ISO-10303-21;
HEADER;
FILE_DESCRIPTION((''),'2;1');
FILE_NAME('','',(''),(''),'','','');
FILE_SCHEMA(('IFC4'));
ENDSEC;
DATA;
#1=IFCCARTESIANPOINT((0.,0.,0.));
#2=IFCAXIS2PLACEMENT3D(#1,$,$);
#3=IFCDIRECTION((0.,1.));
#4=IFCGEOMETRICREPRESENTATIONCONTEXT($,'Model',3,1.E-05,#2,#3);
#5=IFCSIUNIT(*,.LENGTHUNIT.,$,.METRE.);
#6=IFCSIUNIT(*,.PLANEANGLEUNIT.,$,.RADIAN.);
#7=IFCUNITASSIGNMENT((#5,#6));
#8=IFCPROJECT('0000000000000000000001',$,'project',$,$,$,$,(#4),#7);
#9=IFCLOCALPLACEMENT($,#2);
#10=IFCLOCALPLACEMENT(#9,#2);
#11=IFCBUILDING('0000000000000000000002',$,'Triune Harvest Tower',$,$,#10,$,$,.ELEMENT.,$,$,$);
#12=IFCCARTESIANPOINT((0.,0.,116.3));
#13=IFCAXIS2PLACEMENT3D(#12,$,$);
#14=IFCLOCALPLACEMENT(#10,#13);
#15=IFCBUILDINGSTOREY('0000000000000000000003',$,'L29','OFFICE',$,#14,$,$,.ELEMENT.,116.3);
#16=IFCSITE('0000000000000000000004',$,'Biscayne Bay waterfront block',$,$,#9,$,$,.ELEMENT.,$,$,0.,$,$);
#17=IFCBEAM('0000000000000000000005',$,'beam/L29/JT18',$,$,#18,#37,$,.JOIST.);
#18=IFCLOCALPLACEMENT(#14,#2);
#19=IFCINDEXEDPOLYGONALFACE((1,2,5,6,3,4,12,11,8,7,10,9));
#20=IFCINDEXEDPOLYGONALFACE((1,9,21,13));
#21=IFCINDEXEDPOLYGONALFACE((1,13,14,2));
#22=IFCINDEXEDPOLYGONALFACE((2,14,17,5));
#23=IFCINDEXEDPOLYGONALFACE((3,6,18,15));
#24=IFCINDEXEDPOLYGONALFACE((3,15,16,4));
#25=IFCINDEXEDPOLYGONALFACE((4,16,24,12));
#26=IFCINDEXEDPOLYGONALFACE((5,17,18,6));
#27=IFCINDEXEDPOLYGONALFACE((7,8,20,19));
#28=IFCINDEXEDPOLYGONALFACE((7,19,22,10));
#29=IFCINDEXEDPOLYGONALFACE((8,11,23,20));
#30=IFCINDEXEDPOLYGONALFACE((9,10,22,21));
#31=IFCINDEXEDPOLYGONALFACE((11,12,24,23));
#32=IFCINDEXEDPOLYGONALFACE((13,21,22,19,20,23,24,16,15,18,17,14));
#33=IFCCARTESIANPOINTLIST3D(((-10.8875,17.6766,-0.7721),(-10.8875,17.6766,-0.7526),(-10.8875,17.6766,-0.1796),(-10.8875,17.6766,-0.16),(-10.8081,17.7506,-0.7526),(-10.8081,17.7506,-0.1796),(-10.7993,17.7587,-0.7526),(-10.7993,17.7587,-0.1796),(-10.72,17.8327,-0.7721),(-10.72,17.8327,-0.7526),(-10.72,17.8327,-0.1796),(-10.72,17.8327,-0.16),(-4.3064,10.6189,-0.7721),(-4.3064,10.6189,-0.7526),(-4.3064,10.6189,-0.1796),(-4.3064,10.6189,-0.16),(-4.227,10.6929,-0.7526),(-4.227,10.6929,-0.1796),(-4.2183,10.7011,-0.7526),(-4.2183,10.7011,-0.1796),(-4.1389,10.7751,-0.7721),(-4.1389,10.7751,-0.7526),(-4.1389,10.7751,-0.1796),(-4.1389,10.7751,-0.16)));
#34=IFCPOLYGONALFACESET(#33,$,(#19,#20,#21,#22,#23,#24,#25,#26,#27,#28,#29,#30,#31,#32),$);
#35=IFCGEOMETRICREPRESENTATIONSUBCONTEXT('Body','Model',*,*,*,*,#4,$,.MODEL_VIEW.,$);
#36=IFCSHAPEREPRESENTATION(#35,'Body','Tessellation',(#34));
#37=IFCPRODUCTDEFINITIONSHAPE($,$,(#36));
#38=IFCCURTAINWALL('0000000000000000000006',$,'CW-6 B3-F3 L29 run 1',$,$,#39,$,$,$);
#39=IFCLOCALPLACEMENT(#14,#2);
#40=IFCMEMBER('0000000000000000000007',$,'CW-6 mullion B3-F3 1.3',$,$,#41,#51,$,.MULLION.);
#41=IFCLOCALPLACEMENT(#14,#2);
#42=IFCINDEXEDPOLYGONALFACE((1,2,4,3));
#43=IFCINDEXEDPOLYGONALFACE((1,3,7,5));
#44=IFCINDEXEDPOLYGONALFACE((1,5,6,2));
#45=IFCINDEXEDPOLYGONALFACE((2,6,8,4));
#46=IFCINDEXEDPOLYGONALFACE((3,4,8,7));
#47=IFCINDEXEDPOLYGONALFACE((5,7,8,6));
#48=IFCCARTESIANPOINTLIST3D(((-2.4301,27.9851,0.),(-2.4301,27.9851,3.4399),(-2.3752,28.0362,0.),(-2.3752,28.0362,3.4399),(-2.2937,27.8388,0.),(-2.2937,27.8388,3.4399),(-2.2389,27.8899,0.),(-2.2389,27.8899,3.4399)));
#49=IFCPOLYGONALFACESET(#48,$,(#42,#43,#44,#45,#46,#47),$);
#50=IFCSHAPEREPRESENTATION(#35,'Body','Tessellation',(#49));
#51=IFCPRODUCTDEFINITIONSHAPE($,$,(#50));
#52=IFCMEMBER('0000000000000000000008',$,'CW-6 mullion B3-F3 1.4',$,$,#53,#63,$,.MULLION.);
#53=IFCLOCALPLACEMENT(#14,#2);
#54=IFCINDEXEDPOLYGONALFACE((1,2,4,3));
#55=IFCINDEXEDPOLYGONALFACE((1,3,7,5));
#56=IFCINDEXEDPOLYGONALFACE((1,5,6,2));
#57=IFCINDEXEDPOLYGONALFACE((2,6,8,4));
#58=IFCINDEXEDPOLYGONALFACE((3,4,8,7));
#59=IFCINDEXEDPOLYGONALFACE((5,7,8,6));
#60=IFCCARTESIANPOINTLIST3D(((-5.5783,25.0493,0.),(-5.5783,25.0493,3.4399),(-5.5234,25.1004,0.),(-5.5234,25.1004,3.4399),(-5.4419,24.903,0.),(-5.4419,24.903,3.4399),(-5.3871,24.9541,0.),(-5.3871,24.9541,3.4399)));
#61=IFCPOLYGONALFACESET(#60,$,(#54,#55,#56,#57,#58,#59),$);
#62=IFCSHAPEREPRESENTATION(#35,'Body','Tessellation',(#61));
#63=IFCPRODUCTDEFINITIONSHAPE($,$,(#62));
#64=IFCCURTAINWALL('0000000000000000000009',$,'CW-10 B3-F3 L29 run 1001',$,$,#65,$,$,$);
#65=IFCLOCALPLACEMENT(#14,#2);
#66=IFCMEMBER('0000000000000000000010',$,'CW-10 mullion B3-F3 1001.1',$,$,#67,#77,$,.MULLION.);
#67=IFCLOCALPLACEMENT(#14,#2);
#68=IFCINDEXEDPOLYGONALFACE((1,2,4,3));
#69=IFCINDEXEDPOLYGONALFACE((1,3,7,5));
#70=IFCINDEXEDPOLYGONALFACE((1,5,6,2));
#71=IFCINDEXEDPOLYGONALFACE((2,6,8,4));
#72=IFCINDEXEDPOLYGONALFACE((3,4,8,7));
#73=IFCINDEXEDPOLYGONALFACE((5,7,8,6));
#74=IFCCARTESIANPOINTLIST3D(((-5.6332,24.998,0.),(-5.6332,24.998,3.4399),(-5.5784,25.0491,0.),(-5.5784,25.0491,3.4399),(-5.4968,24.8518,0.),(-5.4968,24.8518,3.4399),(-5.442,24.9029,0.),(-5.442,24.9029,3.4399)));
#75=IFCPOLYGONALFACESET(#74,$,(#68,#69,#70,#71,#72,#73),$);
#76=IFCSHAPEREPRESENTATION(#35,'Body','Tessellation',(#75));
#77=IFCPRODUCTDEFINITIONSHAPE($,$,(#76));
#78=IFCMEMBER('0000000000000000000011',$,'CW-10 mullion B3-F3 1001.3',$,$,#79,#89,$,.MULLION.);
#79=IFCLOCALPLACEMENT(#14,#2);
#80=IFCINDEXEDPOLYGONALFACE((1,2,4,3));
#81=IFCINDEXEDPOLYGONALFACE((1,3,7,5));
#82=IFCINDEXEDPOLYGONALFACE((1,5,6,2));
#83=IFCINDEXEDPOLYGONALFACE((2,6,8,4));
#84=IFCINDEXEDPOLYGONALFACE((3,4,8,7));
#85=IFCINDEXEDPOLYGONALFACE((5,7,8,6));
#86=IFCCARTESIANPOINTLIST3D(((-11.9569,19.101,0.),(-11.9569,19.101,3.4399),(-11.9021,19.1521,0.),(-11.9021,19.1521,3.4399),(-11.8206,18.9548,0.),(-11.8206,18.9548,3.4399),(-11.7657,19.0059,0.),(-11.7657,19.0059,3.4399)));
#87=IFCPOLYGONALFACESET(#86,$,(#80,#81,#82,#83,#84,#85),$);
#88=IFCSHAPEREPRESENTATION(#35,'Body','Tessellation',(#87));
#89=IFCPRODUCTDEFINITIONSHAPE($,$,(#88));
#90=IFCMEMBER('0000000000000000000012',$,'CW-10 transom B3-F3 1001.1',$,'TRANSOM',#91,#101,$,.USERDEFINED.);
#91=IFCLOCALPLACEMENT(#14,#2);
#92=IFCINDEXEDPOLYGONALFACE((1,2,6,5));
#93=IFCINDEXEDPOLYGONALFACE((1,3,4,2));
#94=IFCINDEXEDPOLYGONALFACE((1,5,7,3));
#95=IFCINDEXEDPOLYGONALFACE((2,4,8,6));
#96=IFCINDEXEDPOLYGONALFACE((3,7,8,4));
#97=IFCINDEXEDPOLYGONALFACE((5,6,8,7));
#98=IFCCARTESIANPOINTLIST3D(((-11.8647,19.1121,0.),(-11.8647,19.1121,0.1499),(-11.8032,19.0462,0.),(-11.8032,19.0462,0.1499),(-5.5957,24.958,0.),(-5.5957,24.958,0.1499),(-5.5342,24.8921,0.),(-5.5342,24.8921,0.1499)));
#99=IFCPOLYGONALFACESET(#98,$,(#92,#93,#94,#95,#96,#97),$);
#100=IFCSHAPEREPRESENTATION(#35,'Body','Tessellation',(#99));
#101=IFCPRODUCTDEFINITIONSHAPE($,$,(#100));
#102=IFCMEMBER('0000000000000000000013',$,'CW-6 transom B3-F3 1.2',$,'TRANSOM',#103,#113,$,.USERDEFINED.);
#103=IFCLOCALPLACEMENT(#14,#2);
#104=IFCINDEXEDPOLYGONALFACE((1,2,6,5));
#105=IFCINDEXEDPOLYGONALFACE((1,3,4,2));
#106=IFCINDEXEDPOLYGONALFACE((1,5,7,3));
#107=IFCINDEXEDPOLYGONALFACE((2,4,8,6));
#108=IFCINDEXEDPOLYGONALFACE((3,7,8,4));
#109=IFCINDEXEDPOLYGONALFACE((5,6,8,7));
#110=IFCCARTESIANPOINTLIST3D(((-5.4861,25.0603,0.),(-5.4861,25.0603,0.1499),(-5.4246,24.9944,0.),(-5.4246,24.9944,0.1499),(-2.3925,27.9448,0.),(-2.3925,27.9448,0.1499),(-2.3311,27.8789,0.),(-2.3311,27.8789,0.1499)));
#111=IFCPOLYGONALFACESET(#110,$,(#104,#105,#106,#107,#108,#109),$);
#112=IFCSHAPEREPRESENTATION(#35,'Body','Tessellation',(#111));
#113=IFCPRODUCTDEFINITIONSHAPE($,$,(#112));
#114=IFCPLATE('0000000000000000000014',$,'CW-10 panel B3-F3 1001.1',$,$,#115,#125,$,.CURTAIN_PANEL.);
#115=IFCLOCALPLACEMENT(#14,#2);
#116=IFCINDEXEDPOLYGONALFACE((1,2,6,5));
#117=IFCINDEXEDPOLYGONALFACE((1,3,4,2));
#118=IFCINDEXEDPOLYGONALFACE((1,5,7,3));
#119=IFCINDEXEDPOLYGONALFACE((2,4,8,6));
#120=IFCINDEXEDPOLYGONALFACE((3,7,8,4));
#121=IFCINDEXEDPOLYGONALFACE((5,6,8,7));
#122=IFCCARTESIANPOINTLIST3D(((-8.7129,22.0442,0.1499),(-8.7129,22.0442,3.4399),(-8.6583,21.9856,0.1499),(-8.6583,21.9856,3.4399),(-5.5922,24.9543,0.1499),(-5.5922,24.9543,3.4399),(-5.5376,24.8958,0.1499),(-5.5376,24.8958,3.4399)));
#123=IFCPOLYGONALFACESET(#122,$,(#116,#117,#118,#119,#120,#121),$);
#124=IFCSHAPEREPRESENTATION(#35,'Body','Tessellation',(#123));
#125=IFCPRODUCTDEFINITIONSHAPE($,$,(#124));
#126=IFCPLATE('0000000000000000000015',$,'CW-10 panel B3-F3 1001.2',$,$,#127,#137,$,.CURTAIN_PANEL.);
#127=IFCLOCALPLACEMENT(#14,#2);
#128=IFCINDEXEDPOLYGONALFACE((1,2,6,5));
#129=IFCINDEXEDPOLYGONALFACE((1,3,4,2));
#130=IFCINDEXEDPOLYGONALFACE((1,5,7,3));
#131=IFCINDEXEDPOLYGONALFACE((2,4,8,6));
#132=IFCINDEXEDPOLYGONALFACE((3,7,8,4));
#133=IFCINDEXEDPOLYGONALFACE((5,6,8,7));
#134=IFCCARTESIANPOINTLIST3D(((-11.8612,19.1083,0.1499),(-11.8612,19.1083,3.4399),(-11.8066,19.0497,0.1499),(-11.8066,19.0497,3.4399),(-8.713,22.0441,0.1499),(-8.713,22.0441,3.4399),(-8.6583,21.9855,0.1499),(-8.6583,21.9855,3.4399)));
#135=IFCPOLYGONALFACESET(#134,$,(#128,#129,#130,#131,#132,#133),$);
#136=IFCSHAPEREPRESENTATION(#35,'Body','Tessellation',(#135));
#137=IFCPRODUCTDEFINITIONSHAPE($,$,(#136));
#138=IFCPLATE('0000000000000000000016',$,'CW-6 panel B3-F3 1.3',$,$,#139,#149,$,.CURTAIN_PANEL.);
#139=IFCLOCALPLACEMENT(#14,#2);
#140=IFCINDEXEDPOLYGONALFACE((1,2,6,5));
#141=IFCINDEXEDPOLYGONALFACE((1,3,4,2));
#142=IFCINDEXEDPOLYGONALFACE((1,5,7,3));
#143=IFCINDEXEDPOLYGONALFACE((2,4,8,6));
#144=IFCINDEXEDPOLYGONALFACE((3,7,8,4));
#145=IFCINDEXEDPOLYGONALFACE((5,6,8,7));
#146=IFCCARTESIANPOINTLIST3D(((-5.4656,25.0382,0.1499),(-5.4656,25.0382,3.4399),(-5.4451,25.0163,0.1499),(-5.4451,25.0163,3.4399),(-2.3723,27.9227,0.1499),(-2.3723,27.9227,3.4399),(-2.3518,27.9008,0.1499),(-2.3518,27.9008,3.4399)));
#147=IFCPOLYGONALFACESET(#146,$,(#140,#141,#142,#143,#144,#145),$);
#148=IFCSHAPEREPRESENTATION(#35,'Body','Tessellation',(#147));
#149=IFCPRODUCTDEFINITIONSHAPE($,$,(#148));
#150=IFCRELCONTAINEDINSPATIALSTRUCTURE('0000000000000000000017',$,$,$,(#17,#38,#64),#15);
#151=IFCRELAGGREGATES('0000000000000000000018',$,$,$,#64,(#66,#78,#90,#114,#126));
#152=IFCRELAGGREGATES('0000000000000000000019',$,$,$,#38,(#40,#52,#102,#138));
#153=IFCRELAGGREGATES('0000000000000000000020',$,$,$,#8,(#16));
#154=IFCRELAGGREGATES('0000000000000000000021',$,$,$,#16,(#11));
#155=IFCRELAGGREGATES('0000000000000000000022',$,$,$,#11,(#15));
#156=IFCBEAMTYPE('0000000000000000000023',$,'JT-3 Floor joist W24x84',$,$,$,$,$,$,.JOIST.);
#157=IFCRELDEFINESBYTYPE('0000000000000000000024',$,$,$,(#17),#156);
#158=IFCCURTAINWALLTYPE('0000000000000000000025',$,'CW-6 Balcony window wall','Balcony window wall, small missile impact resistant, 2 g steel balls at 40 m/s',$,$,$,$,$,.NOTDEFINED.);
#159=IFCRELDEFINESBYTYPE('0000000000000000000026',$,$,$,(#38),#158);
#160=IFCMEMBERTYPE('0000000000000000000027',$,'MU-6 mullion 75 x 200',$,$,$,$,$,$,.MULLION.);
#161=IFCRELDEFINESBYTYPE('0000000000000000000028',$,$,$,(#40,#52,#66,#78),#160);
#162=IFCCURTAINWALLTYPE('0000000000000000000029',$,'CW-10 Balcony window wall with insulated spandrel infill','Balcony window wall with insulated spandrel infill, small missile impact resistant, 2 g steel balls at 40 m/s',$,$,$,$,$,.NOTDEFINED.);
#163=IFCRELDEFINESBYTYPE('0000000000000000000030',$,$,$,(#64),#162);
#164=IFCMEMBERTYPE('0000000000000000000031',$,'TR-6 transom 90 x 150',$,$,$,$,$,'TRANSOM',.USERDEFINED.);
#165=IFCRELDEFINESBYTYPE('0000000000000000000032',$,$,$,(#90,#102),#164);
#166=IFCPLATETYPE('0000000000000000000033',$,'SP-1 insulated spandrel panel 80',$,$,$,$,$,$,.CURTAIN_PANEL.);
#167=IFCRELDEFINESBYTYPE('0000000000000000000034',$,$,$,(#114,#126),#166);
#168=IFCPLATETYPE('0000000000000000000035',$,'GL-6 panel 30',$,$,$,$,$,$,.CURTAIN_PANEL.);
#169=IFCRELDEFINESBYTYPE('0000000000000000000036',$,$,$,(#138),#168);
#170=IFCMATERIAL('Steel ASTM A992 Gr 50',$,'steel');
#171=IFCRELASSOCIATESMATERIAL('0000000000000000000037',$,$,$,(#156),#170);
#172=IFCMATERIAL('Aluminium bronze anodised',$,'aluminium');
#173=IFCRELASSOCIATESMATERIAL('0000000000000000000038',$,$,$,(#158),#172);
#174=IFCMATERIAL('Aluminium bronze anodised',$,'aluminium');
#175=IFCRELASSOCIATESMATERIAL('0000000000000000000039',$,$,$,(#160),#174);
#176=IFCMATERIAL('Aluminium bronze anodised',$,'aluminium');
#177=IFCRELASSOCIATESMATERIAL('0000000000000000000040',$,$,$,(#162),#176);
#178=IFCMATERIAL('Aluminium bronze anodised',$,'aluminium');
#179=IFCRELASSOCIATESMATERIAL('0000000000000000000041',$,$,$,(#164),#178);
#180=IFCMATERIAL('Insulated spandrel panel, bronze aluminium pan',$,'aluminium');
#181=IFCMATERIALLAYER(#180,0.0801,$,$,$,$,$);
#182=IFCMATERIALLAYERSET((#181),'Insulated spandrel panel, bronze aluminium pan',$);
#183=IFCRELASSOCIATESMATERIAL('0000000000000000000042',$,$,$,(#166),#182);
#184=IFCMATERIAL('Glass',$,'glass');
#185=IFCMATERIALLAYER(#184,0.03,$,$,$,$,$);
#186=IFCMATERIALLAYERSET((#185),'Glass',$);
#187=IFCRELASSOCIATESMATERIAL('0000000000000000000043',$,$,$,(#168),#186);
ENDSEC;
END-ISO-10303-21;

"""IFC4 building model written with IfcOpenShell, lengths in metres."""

from ifc_helpers import new_model, si_unit, direction, frame, origin, origin_2d, place, context, subcontext, project, spatial, rectangle, i_section, extrude, source, transform, mapped, material, layer, layer_set, material_profile, profile_set, type_object, element, aggregate, save


model = new_model("IFC4")

# Units and contexts
model_context = context("Model", 3, precision=1e-05, world=origin(), true_north=direction((0.0, 1.0)))
body_context = subcontext(model_context, "Body", "Model", "MODEL_VIEW")
ifc_project = project(units=[si_unit("LENGTHUNIT", "METRE"), si_unit("PLANEANGLEUNIT", "RADIAN")], contexts=[model_context])

# Site, building, storey
site_placement = place(None, origin())
site = spatial("IfcSite", under=ifc_project, at=site_placement, Name="Biscayne Bay waterfront block", CompositionType="ELEMENT", RefElevation=0.0)
building_placement = place(site_placement, origin())
building = spatial("IfcBuilding", under=site, at=building_placement, Name="Triune Harvest Tower", CompositionType="ELEMENT")
storey_placement = place(building_placement, frame((0.0, 0.0, 116.3)))
storey = spatial("IfcBuildingStorey", under=building, at=storey_placement, Name="L29", Description="OFFICE", CompositionType="ELEMENT", Elevation=116.3)

# Beam
ifc_material_1 = material(Name="Steel ASTM A992 Gr 50", Category="steel")
ifc_material_profile_1 = material_profile(ifc_material_1, i_section(OverallWidth=0.229, OverallDepth=0.6121, WebThickness=0.012, FlangeThickness=0.0195, at=origin_2d()), Name="W24x84")
ifc_profile_set_1 = profile_set([ifc_material_profile_1], Name="Steel ASTM A992 Gr 50")
beam_type_1 = type_object("IfcBeamType", Name="JT-3 Floor joist W24x84", PredefinedType="JOIST", material=ifc_profile_set_1)
shared_shape_1 = source(origin(), body_context, "Body", "SweptSolid", [
    extrude(i_section(OverallWidth=0.229, OverallDepth=0.6121, WebThickness=0.012, FlangeThickness=0.0195, at=origin_2d()), origin(), (0.0, 0.0, 1.0), 9.6499),
])
beam_1_placement = place(storey_placement, frame((-10.8037, 17.7546, -0.4661), z_axis=(0.681983, -0.731368, 0.0), x_axis=(0.731368, 0.681983, 0.0)))
element("IfcBeam", 1, at=beam_1_placement, inside=storey, type_object=beam_type_1, Name="beam/L29/JT18", PredefinedType="JOIST", context=body_context, shape_type="MappedRepresentation", body=[
    mapped(shared_shape_1, transform((0.0, 0.0, 0.0), scale=1.0)),
])

# Curtain walls, members
ifc_material_2 = material(Name="Aluminium bronze anodised", Category="aluminium")
curtain_wall_type_1 = type_object("IfcCurtainWallType", Name="CW-6 Balcony window wall", Description="Balcony window wall, small missile impact resistant, 2 g steel balls at 40 m/s", PredefinedType="NOTDEFINED", material=ifc_material_2)
curtain_wall_1_placement = place(storey_placement, origin())
curtain_wall_1 = element("IfcCurtainWall", 2, at=curtain_wall_1_placement, inside=storey, type_object=curtain_wall_type_1, Name="CW-6 B3-F3 L29 run 1")
ifc_material_3 = material(Name="Aluminium bronze anodised", Category="aluminium")
ifc_material_profile_2 = material_profile(ifc_material_3, rectangle(XDim=0.2, YDim=0.075, at=origin_2d()), Name="MU-6 mullion 75 x 200")
ifc_profile_set_2 = profile_set([ifc_material_profile_2], Name="Aluminium bronze anodised")
member_type_1 = type_object("IfcMemberType", Name="MU-6 mullion 75 x 200", PredefinedType="MULLION", material=ifc_profile_set_2)
shared_shape_2 = source(origin(), body_context, "Body", "SweptSolid", [
    extrude(rectangle(XDim=0.2, YDim=0.075, at=origin_2d()), origin(), (0.0, 0.0, 1.0), 3.4399),
])
member_1_placement = place(storey_placement, frame((-2.3345, 27.9375, 0.0), z_axis=(0.0, 0.0, 1.0), x_axis=(0.681997, -0.731355, 0.0)))
member_1 = element("IfcMember", 3, at=member_1_placement, type_object=member_type_1, Name="CW-6 mullion B3-F3 1.3", PredefinedType="MULLION", context=body_context, shape_type="MappedRepresentation", body=[
    mapped(shared_shape_2, transform((0.0, 0.0, 0.0), scale=1.0)),
])
member_2_placement = place(storey_placement, frame((-5.4827, 25.0017, 0.0), z_axis=(0.0, 0.0, 1.0), x_axis=(0.681997, -0.731355, 0.0)))
member_2 = element("IfcMember", 4, at=member_2_placement, type_object=member_type_1, Name="CW-6 mullion B3-F3 1.4", PredefinedType="MULLION", context=body_context, shape_type="MappedRepresentation", body=[
    mapped(shared_shape_2, transform((0.0, 0.0, 0.0), scale=1.0)),
])
ifc_material_4 = material(Name="Aluminium bronze anodised", Category="aluminium")
curtain_wall_type_2 = type_object("IfcCurtainWallType", Name="CW-10 Balcony window wall with insulated spandrel infill", Description="Balcony window wall with insulated spandrel infill, small missile impact resistant, 2 g steel balls at 40 m/s", PredefinedType="NOTDEFINED", material=ifc_material_4)
curtain_wall_2_placement = place(storey_placement, origin())
curtain_wall_2 = element("IfcCurtainWall", 5, at=curtain_wall_2_placement, inside=storey, type_object=curtain_wall_type_2, Name="CW-10 B3-F3 L29 run 1001")
member_3_placement = place(storey_placement, frame((-5.5376, 24.9504, 0.0), z_axis=(0.0, 0.0, 1.0), x_axis=(0.682, -0.731352, 0.0)))
member_3 = element("IfcMember", 6, at=member_3_placement, type_object=member_type_1, Name="CW-10 mullion B3-F3 1001.1", PredefinedType="MULLION", context=body_context, shape_type="MappedRepresentation", body=[
    mapped(shared_shape_2, transform((0.0, 0.0, 0.0), scale=1.0)),
])
member_4_placement = place(storey_placement, frame((-11.8613, 19.0535, 0.0), z_axis=(0.0, 0.0, 1.0), x_axis=(0.682, -0.731352, 0.0)))
member_4 = element("IfcMember", 7, at=member_4_placement, type_object=member_type_1, Name="CW-10 mullion B3-F3 1001.3", PredefinedType="MULLION", context=body_context, shape_type="MappedRepresentation", body=[
    mapped(shared_shape_2, transform((0.0, 0.0, 0.0), scale=1.0)),
])
ifc_material_5 = material(Name="Aluminium bronze anodised", Category="aluminium")
ifc_material_profile_3 = material_profile(ifc_material_5, rectangle(XDim=0.0901, YDim=0.1499, at=origin_2d()), Name="TR-6 transom 90 x 150")
ifc_profile_set_3 = profile_set([ifc_material_profile_3], Name="Aluminium bronze anodised")
member_type_2 = type_object("IfcMemberType", Name="TR-6 transom 90 x 150", ElementType="TRANSOM", PredefinedType="USERDEFINED", material=ifc_profile_set_3)
shared_shape_3 = source(origin(), body_context, "Body", "SweptSolid", [
    extrude(rectangle(XDim=0.0901, YDim=0.1499, at=origin_2d()), origin(), (0.0, 0.0, 1.0), 8.5718),
])
member_5_placement = place(storey_placement, frame((-5.5649, 24.925, 0.075), z_axis=(-0.731355, -0.681996, 0.0), x_axis=(0.681996, -0.731355, 0.0)))
member_5 = element("IfcMember", 8, at=member_5_placement, type_object=member_type_2, Name="CW-10 transom B3-F3 1001.1", ObjectType="TRANSOM", PredefinedType="USERDEFINED", context=body_context, shape_type="MappedRepresentation", body=[
    mapped(shared_shape_3, transform((0.0, 0.0, 0.0), scale=1.0)),
])

# Member
shared_shape_4 = source(origin(), body_context, "Body", "SweptSolid", [
    extrude(rectangle(XDim=0.0901, YDim=0.1499, at=origin_2d()), origin(), (0.0, 0.0, 1.0), 4.2297),
])
member_6_placement = place(storey_placement, frame((-2.3618, 27.9119, 0.075), z_axis=(-0.73138, -0.681971, 0.0), x_axis=(0.681971, -0.73138, 0.0)))
member_6 = element("IfcMember", 9, at=member_6_placement, type_object=member_type_2, Name="CW-6 transom B3-F3 1.2", ObjectType="TRANSOM", PredefinedType="USERDEFINED", context=body_context, shape_type="MappedRepresentation", body=[
    mapped(shared_shape_4, transform((0.0, 0.0, 0.0), scale=1.0)),
])

# Plates
ifc_material_6 = material(Name="Insulated spandrel panel, bronze aluminium pan", Category="aluminium")
ifc_layer_1 = layer(ifc_material_6, 0.0801)
ifc_layer_set_1 = layer_set([ifc_layer_1], Name="Insulated spandrel panel, bronze aluminium pan")
plate_type_1 = type_object("IfcPlateType", Name="SP-1 insulated spandrel panel 80", PredefinedType="CURTAIN_PANEL", material=ifc_layer_set_1)
shared_shape_5 = source(origin(), body_context, "Body", "SweptSolid", [
    extrude(rectangle(XDim=4.2671, YDim=0.0801, at=origin_2d()), origin(), (0.0, 0.0, 1.0), 3.29),
])
plate_1_placement = place(storey_placement, frame((-7.1252, 23.47, 0.1499), z_axis=(0.0, 0.0, 1.0), x_axis=(-0.731352, -0.682, 0.0)))
plate_1 = element("IfcPlate", 10, at=plate_1_placement, type_object=plate_type_1, Name="CW-10 panel B3-F3 1001.1", PredefinedType="CURTAIN_PANEL", context=body_context, shape_type="MappedRepresentation", body=[
    mapped(shared_shape_5, transform((0.0, 0.0, 0.0), scale=1.0)),
])
shared_shape_6 = source(origin(), body_context, "Body", "SweptSolid", [
    extrude(rectangle(XDim=4.3047, YDim=0.0801, at=origin_2d()), origin(), (0.0, 0.0, 1.0), 3.29),
])
plate_2_placement = place(storey_placement, frame((-10.2598, 20.5469, 0.1499), z_axis=(0.0, 0.0, 1.0), x_axis=(-0.731352, -0.682, 0.0)))
plate_2 = element("IfcPlate", 11, at=plate_2_placement, type_object=plate_type_1, Name="CW-10 panel B3-F3 1001.2", PredefinedType="CURTAIN_PANEL", context=body_context, shape_type="MappedRepresentation", body=[
    mapped(shared_shape_6, transform((0.0, 0.0, 0.0), scale=1.0)),
])
aggregate(curtain_wall_2, [member_3, member_4, member_5, plate_1, plate_2])
ifc_material_7 = material(Name="Glass", Category="glass")
ifc_layer_2 = layer(ifc_material_7, 0.03)
ifc_layer_set_2 = layer_set([ifc_layer_2], Name="Glass")
plate_type_2 = type_object("IfcPlateType", Name="GL-6 panel 30", PredefinedType="CURTAIN_PANEL", material=ifc_layer_set_2)
shared_shape_7 = source(origin(), body_context, "Body", "SweptSolid", [
    extrude(rectangle(XDim=4.2295, YDim=0.03, at=origin_2d()), origin(), (0.0, 0.0, 1.0), 3.29),
])
plate_3_placement = place(storey_placement, frame((-3.9087, 26.4695, 0.1499), z_axis=(0.0, 0.0, 1.0), x_axis=(-0.731355, -0.681997, 0.0)))
plate_3 = element("IfcPlate", 12, at=plate_3_placement, type_object=plate_type_2, Name="CW-6 panel B3-F3 1.3", PredefinedType="CURTAIN_PANEL", context=body_context, shape_type="MappedRepresentation", body=[
    mapped(shared_shape_7, transform((0.0, 0.0, 0.0), scale=1.0)),
])
aggregate(curtain_wall_1, [member_1, member_2, member_6, plate_3])

save(model, "model.ifc")
